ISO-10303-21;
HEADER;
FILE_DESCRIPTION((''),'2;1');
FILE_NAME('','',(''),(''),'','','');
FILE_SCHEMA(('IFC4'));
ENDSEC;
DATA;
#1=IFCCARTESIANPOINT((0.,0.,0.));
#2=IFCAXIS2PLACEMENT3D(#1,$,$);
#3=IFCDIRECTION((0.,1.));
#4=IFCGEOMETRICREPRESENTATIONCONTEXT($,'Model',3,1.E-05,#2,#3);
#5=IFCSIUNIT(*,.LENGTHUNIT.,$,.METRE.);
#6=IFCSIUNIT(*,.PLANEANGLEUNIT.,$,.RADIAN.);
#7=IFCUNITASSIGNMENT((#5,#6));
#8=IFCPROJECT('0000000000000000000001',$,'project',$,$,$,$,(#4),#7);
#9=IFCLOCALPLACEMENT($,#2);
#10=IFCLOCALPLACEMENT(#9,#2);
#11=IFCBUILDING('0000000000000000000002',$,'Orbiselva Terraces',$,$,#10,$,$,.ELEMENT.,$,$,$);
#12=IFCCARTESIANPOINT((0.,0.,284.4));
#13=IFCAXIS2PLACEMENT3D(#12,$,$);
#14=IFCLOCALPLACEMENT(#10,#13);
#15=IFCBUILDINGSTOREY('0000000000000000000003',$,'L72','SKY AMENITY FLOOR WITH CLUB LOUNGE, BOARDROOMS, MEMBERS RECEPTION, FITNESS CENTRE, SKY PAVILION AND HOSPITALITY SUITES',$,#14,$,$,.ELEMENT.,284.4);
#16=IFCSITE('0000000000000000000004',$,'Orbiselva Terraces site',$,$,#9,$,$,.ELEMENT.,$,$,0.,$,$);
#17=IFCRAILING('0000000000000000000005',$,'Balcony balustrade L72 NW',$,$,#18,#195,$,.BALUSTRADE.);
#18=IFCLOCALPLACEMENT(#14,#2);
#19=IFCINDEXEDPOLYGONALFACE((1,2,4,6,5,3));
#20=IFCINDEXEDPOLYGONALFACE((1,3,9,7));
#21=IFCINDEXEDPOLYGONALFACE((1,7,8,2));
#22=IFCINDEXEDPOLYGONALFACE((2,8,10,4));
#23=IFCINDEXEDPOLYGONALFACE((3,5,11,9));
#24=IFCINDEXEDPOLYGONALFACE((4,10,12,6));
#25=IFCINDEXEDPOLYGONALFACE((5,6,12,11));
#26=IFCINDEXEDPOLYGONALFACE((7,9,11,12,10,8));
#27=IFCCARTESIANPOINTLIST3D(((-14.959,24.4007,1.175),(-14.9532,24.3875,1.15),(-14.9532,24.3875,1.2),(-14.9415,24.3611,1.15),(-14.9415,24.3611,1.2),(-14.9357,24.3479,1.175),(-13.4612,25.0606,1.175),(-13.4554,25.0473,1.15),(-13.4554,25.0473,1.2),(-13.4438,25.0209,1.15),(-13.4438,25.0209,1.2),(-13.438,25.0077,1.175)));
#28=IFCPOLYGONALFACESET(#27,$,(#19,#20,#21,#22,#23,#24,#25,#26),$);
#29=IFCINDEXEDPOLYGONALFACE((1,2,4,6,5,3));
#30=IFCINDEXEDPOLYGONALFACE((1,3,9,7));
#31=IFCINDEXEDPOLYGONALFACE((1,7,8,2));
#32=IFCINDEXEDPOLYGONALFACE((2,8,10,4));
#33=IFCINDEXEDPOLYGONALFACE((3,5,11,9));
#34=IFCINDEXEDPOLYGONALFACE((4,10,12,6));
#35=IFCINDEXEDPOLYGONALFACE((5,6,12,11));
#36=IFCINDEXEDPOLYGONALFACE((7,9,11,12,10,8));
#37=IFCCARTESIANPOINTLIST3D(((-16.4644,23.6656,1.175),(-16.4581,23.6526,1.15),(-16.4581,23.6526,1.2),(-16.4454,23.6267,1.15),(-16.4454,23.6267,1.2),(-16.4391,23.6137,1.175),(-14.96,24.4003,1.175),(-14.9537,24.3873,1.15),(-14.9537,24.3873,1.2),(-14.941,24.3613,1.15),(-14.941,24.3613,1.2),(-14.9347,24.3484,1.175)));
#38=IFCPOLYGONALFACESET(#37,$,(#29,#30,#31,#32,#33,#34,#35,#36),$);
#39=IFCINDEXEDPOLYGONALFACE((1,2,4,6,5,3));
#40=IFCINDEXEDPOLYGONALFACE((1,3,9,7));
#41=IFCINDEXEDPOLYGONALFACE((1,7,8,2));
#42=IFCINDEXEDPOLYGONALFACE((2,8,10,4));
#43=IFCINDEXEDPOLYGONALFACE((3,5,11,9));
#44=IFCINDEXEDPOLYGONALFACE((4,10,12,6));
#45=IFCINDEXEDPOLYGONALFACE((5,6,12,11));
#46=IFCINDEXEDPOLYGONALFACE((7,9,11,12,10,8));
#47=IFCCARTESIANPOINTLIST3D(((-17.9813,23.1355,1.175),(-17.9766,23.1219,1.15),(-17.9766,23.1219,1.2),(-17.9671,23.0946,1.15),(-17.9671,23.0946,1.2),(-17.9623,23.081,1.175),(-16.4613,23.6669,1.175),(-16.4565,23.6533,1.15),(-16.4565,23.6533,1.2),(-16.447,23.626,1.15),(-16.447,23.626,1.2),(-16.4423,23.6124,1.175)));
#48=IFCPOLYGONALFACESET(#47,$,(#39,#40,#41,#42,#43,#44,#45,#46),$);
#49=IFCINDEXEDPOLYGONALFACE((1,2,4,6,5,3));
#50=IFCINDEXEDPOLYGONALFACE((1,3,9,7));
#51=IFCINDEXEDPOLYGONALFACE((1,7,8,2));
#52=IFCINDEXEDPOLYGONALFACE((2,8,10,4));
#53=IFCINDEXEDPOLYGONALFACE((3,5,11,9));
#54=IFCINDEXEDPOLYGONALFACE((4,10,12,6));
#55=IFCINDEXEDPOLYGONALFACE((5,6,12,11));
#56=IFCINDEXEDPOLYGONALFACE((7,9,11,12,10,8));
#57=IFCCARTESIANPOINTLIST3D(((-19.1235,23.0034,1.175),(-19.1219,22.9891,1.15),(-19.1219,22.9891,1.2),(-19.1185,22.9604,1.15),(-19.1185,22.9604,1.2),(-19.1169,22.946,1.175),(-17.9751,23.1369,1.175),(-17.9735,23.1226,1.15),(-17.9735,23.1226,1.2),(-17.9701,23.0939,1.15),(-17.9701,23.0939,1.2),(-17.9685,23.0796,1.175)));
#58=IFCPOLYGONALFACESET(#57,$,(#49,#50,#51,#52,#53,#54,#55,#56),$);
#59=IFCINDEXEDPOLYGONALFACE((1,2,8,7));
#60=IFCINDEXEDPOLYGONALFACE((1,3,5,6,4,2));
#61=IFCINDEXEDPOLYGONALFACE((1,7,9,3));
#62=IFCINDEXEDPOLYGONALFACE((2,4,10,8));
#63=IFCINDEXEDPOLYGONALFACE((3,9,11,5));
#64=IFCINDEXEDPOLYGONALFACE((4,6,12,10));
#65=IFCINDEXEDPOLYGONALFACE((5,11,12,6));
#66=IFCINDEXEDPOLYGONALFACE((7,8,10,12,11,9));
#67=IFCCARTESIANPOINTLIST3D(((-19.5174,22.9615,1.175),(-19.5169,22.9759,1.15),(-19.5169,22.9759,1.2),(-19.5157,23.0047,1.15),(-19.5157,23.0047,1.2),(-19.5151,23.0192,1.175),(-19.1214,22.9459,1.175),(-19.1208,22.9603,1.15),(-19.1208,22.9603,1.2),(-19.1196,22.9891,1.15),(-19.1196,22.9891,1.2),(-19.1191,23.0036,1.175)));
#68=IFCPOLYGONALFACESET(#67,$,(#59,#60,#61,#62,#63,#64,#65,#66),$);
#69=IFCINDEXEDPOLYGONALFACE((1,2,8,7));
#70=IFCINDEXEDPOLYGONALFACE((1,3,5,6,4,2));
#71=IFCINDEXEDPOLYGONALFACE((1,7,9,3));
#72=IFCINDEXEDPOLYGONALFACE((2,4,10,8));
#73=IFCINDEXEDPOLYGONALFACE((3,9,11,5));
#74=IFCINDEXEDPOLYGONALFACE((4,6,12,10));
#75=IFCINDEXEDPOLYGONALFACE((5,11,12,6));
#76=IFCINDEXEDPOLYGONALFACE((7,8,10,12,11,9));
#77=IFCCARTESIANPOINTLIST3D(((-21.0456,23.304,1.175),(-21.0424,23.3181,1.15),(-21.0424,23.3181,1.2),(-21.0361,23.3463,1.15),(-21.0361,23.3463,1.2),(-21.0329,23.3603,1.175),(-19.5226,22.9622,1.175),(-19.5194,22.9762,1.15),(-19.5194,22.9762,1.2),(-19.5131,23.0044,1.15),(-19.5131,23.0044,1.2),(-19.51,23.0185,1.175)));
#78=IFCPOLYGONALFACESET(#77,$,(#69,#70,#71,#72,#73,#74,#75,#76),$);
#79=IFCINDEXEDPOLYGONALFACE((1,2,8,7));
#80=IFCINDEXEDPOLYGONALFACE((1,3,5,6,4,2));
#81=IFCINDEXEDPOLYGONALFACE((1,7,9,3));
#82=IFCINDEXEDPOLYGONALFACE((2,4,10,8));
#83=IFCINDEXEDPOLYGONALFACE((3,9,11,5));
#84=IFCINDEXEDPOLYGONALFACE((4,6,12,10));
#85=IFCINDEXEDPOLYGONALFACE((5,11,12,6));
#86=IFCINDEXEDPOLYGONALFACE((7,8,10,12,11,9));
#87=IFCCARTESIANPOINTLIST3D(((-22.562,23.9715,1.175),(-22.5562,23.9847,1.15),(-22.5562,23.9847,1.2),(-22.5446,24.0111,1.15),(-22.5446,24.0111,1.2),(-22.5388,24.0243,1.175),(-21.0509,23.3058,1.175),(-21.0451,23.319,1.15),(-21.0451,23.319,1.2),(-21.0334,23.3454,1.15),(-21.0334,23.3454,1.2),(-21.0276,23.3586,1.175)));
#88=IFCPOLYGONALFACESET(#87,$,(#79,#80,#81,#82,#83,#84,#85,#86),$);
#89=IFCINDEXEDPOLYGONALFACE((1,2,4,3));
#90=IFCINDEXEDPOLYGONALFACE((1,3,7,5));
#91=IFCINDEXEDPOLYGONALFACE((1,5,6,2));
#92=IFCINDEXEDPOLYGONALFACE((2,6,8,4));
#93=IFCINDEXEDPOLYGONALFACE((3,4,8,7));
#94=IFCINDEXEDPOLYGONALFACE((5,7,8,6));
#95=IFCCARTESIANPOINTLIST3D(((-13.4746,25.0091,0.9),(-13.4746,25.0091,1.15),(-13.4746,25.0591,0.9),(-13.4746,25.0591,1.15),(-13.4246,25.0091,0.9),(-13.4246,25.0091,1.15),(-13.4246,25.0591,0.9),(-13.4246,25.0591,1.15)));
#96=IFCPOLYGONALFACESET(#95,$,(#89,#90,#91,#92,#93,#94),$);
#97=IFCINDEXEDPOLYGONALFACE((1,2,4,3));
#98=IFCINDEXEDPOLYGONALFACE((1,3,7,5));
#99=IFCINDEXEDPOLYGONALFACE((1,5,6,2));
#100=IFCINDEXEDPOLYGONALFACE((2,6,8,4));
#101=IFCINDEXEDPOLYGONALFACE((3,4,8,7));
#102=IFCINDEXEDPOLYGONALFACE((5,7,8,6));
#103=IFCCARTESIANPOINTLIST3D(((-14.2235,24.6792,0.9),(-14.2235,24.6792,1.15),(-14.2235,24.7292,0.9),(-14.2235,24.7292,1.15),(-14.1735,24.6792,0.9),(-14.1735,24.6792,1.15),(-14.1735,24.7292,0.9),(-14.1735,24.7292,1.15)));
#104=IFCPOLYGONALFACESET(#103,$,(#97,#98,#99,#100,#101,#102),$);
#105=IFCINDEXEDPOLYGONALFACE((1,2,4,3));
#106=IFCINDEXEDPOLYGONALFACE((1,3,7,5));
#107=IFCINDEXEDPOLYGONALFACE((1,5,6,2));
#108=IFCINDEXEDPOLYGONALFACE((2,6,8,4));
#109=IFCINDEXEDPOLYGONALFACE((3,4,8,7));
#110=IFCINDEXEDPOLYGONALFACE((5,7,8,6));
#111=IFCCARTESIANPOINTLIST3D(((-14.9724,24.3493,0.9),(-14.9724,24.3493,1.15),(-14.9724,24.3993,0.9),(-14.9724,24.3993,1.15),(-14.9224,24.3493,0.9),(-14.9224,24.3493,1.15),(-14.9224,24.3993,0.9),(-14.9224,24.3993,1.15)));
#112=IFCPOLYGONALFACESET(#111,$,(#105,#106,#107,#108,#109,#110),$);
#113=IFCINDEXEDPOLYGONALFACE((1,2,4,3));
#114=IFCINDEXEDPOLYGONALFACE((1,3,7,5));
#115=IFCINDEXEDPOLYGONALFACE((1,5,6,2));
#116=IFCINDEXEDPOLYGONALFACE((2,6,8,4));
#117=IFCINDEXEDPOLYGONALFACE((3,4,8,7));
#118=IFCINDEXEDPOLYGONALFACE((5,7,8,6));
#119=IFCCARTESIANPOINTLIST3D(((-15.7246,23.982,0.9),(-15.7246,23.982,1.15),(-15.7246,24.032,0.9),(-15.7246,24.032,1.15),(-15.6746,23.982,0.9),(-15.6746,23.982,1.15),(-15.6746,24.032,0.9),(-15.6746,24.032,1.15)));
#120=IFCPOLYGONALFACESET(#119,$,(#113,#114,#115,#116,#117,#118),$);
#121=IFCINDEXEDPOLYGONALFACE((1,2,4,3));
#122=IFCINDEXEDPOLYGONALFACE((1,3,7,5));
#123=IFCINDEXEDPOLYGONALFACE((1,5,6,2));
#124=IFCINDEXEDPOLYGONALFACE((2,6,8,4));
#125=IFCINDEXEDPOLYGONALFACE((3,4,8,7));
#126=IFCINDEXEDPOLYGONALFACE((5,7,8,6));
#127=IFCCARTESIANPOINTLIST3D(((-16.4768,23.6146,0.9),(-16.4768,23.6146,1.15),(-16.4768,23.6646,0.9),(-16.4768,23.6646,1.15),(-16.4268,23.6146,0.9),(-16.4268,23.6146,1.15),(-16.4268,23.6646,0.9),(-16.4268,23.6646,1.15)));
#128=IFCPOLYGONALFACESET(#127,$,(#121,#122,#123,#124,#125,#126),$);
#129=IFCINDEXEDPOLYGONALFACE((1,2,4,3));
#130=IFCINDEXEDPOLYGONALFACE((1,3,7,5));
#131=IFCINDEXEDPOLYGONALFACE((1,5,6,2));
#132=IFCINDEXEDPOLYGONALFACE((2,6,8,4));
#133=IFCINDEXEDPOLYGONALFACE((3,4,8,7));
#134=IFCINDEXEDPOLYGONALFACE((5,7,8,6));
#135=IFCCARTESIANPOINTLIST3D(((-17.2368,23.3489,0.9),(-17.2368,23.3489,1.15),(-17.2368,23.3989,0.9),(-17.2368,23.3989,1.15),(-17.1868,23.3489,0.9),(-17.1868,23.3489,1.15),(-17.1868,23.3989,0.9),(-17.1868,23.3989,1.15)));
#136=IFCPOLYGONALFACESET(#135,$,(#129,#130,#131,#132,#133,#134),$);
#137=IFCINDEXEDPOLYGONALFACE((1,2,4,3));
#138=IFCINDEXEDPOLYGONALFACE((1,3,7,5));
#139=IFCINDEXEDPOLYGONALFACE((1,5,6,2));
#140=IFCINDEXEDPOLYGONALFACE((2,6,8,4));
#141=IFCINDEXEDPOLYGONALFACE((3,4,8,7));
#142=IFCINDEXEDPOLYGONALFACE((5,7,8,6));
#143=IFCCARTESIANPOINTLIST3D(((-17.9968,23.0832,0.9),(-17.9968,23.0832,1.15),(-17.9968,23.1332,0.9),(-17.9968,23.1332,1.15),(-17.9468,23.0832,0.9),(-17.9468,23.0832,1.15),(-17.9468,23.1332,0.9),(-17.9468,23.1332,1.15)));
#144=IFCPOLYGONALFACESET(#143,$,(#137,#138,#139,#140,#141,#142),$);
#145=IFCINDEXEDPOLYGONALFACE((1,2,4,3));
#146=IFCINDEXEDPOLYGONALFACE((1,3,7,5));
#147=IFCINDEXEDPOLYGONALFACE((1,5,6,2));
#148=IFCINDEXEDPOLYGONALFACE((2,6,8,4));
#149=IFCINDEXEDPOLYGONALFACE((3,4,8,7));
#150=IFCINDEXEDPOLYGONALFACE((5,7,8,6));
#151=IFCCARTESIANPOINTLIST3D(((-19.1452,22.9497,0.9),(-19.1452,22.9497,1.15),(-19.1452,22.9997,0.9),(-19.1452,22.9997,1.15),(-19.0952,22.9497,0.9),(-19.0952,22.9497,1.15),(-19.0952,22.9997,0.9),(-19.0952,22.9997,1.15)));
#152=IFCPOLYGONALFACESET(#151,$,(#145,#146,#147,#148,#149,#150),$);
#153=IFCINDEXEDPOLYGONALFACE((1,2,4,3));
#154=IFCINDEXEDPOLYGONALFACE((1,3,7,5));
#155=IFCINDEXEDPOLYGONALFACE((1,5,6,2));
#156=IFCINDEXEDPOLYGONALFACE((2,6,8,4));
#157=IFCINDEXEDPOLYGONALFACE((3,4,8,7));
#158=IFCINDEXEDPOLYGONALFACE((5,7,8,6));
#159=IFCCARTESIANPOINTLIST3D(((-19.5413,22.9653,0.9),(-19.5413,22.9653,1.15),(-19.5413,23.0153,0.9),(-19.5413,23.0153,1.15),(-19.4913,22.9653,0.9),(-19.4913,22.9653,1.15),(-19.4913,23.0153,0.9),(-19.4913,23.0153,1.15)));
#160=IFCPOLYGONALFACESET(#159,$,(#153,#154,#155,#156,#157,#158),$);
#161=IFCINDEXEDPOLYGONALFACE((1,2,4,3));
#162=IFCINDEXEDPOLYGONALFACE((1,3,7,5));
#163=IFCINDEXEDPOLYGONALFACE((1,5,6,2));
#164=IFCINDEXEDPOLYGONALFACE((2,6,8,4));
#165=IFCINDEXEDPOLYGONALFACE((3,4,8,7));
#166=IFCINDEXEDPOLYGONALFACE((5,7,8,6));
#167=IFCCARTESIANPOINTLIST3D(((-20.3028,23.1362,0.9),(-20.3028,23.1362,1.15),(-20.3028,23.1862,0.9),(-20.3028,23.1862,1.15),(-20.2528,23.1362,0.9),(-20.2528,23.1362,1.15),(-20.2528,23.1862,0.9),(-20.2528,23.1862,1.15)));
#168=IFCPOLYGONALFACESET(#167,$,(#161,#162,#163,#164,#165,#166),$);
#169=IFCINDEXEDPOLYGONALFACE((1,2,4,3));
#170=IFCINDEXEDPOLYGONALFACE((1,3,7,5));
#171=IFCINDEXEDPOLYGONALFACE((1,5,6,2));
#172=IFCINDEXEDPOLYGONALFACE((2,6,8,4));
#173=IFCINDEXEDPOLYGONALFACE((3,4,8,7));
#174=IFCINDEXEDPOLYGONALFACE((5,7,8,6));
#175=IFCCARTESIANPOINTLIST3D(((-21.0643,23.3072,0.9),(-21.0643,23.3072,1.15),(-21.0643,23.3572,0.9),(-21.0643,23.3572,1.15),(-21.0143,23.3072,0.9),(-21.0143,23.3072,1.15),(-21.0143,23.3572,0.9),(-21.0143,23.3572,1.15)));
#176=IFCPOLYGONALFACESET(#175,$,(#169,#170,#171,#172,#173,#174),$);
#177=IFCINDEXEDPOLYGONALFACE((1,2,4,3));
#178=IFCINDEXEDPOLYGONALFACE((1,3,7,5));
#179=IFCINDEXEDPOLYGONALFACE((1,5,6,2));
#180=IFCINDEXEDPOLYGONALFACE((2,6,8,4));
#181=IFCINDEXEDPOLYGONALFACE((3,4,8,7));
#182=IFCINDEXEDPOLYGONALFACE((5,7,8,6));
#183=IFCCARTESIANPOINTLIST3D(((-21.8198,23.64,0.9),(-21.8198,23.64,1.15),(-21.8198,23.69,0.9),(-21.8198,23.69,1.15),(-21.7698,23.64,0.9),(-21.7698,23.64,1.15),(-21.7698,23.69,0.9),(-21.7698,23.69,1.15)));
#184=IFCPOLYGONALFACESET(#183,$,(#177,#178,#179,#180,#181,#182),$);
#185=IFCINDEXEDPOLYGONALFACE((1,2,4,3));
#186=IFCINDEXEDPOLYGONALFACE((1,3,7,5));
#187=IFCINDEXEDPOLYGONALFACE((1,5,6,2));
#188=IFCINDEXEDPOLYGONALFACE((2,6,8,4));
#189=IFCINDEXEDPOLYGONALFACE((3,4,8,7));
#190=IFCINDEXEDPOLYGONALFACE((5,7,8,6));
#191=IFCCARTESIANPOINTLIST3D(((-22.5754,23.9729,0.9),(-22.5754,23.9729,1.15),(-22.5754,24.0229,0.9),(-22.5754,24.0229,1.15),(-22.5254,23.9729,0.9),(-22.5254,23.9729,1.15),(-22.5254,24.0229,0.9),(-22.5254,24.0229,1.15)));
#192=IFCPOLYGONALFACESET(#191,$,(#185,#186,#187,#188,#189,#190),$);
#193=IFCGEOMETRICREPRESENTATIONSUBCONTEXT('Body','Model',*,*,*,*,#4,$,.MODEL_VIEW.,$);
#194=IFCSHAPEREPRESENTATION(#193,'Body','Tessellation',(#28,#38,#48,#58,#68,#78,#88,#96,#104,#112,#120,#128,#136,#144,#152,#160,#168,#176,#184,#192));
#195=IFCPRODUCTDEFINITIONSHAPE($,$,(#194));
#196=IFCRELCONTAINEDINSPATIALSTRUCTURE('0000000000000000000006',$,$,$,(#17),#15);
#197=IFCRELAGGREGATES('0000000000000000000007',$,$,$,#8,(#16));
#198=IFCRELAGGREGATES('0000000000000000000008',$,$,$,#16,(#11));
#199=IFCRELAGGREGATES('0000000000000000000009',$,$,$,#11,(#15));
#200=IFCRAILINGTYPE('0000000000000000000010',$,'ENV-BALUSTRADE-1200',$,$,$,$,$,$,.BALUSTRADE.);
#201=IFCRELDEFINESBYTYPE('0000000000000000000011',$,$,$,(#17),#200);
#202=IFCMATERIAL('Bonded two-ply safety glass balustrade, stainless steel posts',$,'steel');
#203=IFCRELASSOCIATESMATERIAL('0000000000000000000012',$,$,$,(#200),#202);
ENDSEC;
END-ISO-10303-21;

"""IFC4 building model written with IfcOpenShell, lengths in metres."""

from ifc_helpers import new_model, si_unit, direction, frame, origin, origin_2d, place, context, subcontext, project, spatial, polyline, rectangle, outline, extrude, material, type_object, element, save


model = new_model("IFC4")

# Units and contexts
model_context = context("Model", 3, precision=1e-05, world=origin(), true_north=direction((0.0, 1.0)))
body_context = subcontext(model_context, "Body", "Model", "MODEL_VIEW")
ifc_project = project(units=[si_unit("LENGTHUNIT", "METRE"), si_unit("PLANEANGLEUNIT", "RADIAN")], contexts=[model_context])

# Site, building, storey
site_placement = place(None, origin())
site = spatial("IfcSite", under=ifc_project, at=site_placement, Name="Orbiselva Terraces site", CompositionType="ELEMENT", RefElevation=0.0)
building_placement = place(site_placement, origin())
building = spatial("IfcBuilding", under=site, at=building_placement, Name="Orbiselva Terraces", CompositionType="ELEMENT")
storey_placement = place(building_placement, frame((0.0, 0.0, 284.4)))
storey = spatial("IfcBuildingStorey", under=building, at=storey_placement, Name="L72", Description="SKY AMENITY FLOOR WITH CLUB LOUNGE, BOARDROOMS, MEMBERS RECEPTION, FITNESS CENTRE, SKY PAVILION AND HOSPITALITY SUITES", CompositionType="ELEMENT", Elevation=284.4)

# Railing
ifc_material_1 = material(Name="Bonded two-ply safety glass balustrade, stainless steel posts", Category="steel")
railing_type_1 = type_object("IfcRailingType", Name="ENV-BALUSTRADE-1200", PredefinedType="BALUSTRADE", material=ifc_material_1)
railing_1_placement = place(storey_placement, frame((-13.4496, 25.0341, 0.9)))
element("IfcRailing", 1, at=railing_1_placement, inside=storey, type_object=railing_type_1, Name="Balcony balustrade L72 NW", PredefinedType="BALUSTRADE", context=body_context, shape_type="SweptSolid", body=[
    extrude(outline(polyline([(0.0289, 0.0), (0.0144, 0.025), (-0.0144, 0.025), (-0.0289, 0.0), (-0.0144, -0.025), (0.0144, -0.025), (0.0289, 0.0)])), frame((0.0, 0.0, 0.275), z_axis=(-0.915133, -0.403151, 0.0), x_axis=(0.403151, -0.915133, 0.0)), (0.0, 0.0, 1.0), 1.6366),
    extrude(outline(polyline([(0.0289, 0.0), (0.0144, 0.025), (-0.0144, 0.025), (-0.0289, 0.0), (-0.0144, -0.025), (0.0144, -0.025), (0.0289, 0.0)])), frame((-1.4978, -0.6598, 0.275), z_axis=(-0.898579, -0.438812, 0.0), x_axis=(0.438812, -0.898579, 0.0)), (0.0, 0.0, 1.0), 1.6742),
    extrude(outline(polyline([(0.0289, 0.0), (0.0144, 0.025), (-0.0144, 0.025), (-0.0289, 0.0), (-0.0144, -0.025), (0.0144, -0.025), (0.0289, 0.0)])), frame((-3.0022, -1.3945, 0.275), z_axis=(-0.943972, -0.330025, 0.0), x_axis=(0.330025, -0.943972, 0.0)), (0.0, 0.0, 1.0), 1.6103),
    extrude(outline(polyline([(0.0289, 0.0), (0.0144, 0.025), (-0.0144, 0.025), (-0.0289, 0.0), (-0.0144, -0.025), (0.0144, -0.025), (0.0289, 0.0)])), frame((-4.5222, -1.9259, 0.275), z_axis=(-0.99331, -0.115482, 0.0), x_axis=(0.115482, -0.99331, 0.0)), (0.0, 0.0, 1.0), 1.1561),
    extrude(outline(polyline([(0.0289, 0.0), (0.0144, 0.025), (-0.0144, 0.025), (-0.0289, 0.0), (-0.0144, -0.025), (0.0144, -0.025), (0.0289, 0.0)])), frame((-5.6706, -2.0594, 0.275), z_axis=(-0.999225, 0.039369, 0.0), x_axis=(-0.039369, -0.999225, 0.0)), (0.0, 0.0, 1.0), 0.3964),
    extrude(outline(polyline([(0.0289, 0.0), (0.0144, 0.025), (-0.0144, 0.025), (-0.0289, 0.0), (-0.0144, -0.025), (0.0144, -0.025), (0.0289, 0.0)])), frame((-6.0667, -2.0438, 0.275), z_axis=(-0.975721, 0.219016, 0.0), x_axis=(-0.219016, -0.975721, 0.0)), (0.0, 0.0, 1.0), 1.5609),
    extrude(outline(polyline([(0.0289, 0.0), (0.0144, 0.025), (-0.0144, 0.025), (-0.0289, 0.0), (-0.0144, -0.025), (0.0144, -0.025), (0.0289, 0.0)])), frame((-7.5896, -1.702, 0.275), z_axis=(-0.915134, 0.403151, 0.0), x_axis=(-0.403151, -0.915134, 0.0)), (0.0, 0.0, 1.0), 1.6513),
    extrude(rectangle(XDim=0.05, YDim=0.05, at=origin_2d()), origin(), (0.0, 0.0, 1.0), 0.25),
    extrude(rectangle(XDim=0.05, YDim=0.05, at=origin_2d()), frame((-0.7489, -0.3299, 0.0)), (0.0, 0.0, 1.0), 0.25),
    extrude(rectangle(XDim=0.05, YDim=0.05, at=origin_2d()), frame((-1.4978, -0.6598, 0.0)), (0.0, 0.0, 1.0), 0.25),
    extrude(rectangle(XDim=0.05, YDim=0.05, at=origin_2d()), frame((-2.25, -1.0272, 0.0)), (0.0, 0.0, 1.0), 0.25),
    extrude(rectangle(XDim=0.05, YDim=0.05, at=origin_2d()), frame((-3.0022, -1.3945, 0.0)), (0.0, 0.0, 1.0), 0.25),
    extrude(rectangle(XDim=0.05, YDim=0.05, at=origin_2d()), frame((-3.7622, -1.6602, 0.0)), (0.0, 0.0, 1.0), 0.25),
    extrude(rectangle(XDim=0.05, YDim=0.05, at=origin_2d()), frame((-4.5222, -1.9259, 0.0)), (0.0, 0.0, 1.0), 0.25),
    extrude(rectangle(XDim=0.05, YDim=0.05, at=origin_2d()), frame((-5.6706, -2.0594, 0.0)), (0.0, 0.0, 1.0), 0.25),
    extrude(rectangle(XDim=0.05, YDim=0.05, at=origin_2d()), frame((-6.0667, -2.0438, 0.0)), (0.0, 0.0, 1.0), 0.25),
    extrude(rectangle(XDim=0.05, YDim=0.05, at=origin_2d()), frame((-6.8282, -1.8729, 0.0)), (0.0, 0.0, 1.0), 0.25),
    extrude(rectangle(XDim=0.05, YDim=0.05, at=origin_2d()), frame((-7.5896, -1.702, 0.0)), (0.0, 0.0, 1.0), 0.25),
    extrude(rectangle(XDim=0.05, YDim=0.05, at=origin_2d()), frame((-8.3452, -1.3691, 0.0)), (0.0, 0.0, 1.0), 0.25),
    extrude(rectangle(XDim=0.05, YDim=0.05, at=origin_2d()), frame((-9.1008, -1.0362, 0.0)), (0.0, 0.0, 1.0), 0.25),
])

save(model, "model.ifc")
